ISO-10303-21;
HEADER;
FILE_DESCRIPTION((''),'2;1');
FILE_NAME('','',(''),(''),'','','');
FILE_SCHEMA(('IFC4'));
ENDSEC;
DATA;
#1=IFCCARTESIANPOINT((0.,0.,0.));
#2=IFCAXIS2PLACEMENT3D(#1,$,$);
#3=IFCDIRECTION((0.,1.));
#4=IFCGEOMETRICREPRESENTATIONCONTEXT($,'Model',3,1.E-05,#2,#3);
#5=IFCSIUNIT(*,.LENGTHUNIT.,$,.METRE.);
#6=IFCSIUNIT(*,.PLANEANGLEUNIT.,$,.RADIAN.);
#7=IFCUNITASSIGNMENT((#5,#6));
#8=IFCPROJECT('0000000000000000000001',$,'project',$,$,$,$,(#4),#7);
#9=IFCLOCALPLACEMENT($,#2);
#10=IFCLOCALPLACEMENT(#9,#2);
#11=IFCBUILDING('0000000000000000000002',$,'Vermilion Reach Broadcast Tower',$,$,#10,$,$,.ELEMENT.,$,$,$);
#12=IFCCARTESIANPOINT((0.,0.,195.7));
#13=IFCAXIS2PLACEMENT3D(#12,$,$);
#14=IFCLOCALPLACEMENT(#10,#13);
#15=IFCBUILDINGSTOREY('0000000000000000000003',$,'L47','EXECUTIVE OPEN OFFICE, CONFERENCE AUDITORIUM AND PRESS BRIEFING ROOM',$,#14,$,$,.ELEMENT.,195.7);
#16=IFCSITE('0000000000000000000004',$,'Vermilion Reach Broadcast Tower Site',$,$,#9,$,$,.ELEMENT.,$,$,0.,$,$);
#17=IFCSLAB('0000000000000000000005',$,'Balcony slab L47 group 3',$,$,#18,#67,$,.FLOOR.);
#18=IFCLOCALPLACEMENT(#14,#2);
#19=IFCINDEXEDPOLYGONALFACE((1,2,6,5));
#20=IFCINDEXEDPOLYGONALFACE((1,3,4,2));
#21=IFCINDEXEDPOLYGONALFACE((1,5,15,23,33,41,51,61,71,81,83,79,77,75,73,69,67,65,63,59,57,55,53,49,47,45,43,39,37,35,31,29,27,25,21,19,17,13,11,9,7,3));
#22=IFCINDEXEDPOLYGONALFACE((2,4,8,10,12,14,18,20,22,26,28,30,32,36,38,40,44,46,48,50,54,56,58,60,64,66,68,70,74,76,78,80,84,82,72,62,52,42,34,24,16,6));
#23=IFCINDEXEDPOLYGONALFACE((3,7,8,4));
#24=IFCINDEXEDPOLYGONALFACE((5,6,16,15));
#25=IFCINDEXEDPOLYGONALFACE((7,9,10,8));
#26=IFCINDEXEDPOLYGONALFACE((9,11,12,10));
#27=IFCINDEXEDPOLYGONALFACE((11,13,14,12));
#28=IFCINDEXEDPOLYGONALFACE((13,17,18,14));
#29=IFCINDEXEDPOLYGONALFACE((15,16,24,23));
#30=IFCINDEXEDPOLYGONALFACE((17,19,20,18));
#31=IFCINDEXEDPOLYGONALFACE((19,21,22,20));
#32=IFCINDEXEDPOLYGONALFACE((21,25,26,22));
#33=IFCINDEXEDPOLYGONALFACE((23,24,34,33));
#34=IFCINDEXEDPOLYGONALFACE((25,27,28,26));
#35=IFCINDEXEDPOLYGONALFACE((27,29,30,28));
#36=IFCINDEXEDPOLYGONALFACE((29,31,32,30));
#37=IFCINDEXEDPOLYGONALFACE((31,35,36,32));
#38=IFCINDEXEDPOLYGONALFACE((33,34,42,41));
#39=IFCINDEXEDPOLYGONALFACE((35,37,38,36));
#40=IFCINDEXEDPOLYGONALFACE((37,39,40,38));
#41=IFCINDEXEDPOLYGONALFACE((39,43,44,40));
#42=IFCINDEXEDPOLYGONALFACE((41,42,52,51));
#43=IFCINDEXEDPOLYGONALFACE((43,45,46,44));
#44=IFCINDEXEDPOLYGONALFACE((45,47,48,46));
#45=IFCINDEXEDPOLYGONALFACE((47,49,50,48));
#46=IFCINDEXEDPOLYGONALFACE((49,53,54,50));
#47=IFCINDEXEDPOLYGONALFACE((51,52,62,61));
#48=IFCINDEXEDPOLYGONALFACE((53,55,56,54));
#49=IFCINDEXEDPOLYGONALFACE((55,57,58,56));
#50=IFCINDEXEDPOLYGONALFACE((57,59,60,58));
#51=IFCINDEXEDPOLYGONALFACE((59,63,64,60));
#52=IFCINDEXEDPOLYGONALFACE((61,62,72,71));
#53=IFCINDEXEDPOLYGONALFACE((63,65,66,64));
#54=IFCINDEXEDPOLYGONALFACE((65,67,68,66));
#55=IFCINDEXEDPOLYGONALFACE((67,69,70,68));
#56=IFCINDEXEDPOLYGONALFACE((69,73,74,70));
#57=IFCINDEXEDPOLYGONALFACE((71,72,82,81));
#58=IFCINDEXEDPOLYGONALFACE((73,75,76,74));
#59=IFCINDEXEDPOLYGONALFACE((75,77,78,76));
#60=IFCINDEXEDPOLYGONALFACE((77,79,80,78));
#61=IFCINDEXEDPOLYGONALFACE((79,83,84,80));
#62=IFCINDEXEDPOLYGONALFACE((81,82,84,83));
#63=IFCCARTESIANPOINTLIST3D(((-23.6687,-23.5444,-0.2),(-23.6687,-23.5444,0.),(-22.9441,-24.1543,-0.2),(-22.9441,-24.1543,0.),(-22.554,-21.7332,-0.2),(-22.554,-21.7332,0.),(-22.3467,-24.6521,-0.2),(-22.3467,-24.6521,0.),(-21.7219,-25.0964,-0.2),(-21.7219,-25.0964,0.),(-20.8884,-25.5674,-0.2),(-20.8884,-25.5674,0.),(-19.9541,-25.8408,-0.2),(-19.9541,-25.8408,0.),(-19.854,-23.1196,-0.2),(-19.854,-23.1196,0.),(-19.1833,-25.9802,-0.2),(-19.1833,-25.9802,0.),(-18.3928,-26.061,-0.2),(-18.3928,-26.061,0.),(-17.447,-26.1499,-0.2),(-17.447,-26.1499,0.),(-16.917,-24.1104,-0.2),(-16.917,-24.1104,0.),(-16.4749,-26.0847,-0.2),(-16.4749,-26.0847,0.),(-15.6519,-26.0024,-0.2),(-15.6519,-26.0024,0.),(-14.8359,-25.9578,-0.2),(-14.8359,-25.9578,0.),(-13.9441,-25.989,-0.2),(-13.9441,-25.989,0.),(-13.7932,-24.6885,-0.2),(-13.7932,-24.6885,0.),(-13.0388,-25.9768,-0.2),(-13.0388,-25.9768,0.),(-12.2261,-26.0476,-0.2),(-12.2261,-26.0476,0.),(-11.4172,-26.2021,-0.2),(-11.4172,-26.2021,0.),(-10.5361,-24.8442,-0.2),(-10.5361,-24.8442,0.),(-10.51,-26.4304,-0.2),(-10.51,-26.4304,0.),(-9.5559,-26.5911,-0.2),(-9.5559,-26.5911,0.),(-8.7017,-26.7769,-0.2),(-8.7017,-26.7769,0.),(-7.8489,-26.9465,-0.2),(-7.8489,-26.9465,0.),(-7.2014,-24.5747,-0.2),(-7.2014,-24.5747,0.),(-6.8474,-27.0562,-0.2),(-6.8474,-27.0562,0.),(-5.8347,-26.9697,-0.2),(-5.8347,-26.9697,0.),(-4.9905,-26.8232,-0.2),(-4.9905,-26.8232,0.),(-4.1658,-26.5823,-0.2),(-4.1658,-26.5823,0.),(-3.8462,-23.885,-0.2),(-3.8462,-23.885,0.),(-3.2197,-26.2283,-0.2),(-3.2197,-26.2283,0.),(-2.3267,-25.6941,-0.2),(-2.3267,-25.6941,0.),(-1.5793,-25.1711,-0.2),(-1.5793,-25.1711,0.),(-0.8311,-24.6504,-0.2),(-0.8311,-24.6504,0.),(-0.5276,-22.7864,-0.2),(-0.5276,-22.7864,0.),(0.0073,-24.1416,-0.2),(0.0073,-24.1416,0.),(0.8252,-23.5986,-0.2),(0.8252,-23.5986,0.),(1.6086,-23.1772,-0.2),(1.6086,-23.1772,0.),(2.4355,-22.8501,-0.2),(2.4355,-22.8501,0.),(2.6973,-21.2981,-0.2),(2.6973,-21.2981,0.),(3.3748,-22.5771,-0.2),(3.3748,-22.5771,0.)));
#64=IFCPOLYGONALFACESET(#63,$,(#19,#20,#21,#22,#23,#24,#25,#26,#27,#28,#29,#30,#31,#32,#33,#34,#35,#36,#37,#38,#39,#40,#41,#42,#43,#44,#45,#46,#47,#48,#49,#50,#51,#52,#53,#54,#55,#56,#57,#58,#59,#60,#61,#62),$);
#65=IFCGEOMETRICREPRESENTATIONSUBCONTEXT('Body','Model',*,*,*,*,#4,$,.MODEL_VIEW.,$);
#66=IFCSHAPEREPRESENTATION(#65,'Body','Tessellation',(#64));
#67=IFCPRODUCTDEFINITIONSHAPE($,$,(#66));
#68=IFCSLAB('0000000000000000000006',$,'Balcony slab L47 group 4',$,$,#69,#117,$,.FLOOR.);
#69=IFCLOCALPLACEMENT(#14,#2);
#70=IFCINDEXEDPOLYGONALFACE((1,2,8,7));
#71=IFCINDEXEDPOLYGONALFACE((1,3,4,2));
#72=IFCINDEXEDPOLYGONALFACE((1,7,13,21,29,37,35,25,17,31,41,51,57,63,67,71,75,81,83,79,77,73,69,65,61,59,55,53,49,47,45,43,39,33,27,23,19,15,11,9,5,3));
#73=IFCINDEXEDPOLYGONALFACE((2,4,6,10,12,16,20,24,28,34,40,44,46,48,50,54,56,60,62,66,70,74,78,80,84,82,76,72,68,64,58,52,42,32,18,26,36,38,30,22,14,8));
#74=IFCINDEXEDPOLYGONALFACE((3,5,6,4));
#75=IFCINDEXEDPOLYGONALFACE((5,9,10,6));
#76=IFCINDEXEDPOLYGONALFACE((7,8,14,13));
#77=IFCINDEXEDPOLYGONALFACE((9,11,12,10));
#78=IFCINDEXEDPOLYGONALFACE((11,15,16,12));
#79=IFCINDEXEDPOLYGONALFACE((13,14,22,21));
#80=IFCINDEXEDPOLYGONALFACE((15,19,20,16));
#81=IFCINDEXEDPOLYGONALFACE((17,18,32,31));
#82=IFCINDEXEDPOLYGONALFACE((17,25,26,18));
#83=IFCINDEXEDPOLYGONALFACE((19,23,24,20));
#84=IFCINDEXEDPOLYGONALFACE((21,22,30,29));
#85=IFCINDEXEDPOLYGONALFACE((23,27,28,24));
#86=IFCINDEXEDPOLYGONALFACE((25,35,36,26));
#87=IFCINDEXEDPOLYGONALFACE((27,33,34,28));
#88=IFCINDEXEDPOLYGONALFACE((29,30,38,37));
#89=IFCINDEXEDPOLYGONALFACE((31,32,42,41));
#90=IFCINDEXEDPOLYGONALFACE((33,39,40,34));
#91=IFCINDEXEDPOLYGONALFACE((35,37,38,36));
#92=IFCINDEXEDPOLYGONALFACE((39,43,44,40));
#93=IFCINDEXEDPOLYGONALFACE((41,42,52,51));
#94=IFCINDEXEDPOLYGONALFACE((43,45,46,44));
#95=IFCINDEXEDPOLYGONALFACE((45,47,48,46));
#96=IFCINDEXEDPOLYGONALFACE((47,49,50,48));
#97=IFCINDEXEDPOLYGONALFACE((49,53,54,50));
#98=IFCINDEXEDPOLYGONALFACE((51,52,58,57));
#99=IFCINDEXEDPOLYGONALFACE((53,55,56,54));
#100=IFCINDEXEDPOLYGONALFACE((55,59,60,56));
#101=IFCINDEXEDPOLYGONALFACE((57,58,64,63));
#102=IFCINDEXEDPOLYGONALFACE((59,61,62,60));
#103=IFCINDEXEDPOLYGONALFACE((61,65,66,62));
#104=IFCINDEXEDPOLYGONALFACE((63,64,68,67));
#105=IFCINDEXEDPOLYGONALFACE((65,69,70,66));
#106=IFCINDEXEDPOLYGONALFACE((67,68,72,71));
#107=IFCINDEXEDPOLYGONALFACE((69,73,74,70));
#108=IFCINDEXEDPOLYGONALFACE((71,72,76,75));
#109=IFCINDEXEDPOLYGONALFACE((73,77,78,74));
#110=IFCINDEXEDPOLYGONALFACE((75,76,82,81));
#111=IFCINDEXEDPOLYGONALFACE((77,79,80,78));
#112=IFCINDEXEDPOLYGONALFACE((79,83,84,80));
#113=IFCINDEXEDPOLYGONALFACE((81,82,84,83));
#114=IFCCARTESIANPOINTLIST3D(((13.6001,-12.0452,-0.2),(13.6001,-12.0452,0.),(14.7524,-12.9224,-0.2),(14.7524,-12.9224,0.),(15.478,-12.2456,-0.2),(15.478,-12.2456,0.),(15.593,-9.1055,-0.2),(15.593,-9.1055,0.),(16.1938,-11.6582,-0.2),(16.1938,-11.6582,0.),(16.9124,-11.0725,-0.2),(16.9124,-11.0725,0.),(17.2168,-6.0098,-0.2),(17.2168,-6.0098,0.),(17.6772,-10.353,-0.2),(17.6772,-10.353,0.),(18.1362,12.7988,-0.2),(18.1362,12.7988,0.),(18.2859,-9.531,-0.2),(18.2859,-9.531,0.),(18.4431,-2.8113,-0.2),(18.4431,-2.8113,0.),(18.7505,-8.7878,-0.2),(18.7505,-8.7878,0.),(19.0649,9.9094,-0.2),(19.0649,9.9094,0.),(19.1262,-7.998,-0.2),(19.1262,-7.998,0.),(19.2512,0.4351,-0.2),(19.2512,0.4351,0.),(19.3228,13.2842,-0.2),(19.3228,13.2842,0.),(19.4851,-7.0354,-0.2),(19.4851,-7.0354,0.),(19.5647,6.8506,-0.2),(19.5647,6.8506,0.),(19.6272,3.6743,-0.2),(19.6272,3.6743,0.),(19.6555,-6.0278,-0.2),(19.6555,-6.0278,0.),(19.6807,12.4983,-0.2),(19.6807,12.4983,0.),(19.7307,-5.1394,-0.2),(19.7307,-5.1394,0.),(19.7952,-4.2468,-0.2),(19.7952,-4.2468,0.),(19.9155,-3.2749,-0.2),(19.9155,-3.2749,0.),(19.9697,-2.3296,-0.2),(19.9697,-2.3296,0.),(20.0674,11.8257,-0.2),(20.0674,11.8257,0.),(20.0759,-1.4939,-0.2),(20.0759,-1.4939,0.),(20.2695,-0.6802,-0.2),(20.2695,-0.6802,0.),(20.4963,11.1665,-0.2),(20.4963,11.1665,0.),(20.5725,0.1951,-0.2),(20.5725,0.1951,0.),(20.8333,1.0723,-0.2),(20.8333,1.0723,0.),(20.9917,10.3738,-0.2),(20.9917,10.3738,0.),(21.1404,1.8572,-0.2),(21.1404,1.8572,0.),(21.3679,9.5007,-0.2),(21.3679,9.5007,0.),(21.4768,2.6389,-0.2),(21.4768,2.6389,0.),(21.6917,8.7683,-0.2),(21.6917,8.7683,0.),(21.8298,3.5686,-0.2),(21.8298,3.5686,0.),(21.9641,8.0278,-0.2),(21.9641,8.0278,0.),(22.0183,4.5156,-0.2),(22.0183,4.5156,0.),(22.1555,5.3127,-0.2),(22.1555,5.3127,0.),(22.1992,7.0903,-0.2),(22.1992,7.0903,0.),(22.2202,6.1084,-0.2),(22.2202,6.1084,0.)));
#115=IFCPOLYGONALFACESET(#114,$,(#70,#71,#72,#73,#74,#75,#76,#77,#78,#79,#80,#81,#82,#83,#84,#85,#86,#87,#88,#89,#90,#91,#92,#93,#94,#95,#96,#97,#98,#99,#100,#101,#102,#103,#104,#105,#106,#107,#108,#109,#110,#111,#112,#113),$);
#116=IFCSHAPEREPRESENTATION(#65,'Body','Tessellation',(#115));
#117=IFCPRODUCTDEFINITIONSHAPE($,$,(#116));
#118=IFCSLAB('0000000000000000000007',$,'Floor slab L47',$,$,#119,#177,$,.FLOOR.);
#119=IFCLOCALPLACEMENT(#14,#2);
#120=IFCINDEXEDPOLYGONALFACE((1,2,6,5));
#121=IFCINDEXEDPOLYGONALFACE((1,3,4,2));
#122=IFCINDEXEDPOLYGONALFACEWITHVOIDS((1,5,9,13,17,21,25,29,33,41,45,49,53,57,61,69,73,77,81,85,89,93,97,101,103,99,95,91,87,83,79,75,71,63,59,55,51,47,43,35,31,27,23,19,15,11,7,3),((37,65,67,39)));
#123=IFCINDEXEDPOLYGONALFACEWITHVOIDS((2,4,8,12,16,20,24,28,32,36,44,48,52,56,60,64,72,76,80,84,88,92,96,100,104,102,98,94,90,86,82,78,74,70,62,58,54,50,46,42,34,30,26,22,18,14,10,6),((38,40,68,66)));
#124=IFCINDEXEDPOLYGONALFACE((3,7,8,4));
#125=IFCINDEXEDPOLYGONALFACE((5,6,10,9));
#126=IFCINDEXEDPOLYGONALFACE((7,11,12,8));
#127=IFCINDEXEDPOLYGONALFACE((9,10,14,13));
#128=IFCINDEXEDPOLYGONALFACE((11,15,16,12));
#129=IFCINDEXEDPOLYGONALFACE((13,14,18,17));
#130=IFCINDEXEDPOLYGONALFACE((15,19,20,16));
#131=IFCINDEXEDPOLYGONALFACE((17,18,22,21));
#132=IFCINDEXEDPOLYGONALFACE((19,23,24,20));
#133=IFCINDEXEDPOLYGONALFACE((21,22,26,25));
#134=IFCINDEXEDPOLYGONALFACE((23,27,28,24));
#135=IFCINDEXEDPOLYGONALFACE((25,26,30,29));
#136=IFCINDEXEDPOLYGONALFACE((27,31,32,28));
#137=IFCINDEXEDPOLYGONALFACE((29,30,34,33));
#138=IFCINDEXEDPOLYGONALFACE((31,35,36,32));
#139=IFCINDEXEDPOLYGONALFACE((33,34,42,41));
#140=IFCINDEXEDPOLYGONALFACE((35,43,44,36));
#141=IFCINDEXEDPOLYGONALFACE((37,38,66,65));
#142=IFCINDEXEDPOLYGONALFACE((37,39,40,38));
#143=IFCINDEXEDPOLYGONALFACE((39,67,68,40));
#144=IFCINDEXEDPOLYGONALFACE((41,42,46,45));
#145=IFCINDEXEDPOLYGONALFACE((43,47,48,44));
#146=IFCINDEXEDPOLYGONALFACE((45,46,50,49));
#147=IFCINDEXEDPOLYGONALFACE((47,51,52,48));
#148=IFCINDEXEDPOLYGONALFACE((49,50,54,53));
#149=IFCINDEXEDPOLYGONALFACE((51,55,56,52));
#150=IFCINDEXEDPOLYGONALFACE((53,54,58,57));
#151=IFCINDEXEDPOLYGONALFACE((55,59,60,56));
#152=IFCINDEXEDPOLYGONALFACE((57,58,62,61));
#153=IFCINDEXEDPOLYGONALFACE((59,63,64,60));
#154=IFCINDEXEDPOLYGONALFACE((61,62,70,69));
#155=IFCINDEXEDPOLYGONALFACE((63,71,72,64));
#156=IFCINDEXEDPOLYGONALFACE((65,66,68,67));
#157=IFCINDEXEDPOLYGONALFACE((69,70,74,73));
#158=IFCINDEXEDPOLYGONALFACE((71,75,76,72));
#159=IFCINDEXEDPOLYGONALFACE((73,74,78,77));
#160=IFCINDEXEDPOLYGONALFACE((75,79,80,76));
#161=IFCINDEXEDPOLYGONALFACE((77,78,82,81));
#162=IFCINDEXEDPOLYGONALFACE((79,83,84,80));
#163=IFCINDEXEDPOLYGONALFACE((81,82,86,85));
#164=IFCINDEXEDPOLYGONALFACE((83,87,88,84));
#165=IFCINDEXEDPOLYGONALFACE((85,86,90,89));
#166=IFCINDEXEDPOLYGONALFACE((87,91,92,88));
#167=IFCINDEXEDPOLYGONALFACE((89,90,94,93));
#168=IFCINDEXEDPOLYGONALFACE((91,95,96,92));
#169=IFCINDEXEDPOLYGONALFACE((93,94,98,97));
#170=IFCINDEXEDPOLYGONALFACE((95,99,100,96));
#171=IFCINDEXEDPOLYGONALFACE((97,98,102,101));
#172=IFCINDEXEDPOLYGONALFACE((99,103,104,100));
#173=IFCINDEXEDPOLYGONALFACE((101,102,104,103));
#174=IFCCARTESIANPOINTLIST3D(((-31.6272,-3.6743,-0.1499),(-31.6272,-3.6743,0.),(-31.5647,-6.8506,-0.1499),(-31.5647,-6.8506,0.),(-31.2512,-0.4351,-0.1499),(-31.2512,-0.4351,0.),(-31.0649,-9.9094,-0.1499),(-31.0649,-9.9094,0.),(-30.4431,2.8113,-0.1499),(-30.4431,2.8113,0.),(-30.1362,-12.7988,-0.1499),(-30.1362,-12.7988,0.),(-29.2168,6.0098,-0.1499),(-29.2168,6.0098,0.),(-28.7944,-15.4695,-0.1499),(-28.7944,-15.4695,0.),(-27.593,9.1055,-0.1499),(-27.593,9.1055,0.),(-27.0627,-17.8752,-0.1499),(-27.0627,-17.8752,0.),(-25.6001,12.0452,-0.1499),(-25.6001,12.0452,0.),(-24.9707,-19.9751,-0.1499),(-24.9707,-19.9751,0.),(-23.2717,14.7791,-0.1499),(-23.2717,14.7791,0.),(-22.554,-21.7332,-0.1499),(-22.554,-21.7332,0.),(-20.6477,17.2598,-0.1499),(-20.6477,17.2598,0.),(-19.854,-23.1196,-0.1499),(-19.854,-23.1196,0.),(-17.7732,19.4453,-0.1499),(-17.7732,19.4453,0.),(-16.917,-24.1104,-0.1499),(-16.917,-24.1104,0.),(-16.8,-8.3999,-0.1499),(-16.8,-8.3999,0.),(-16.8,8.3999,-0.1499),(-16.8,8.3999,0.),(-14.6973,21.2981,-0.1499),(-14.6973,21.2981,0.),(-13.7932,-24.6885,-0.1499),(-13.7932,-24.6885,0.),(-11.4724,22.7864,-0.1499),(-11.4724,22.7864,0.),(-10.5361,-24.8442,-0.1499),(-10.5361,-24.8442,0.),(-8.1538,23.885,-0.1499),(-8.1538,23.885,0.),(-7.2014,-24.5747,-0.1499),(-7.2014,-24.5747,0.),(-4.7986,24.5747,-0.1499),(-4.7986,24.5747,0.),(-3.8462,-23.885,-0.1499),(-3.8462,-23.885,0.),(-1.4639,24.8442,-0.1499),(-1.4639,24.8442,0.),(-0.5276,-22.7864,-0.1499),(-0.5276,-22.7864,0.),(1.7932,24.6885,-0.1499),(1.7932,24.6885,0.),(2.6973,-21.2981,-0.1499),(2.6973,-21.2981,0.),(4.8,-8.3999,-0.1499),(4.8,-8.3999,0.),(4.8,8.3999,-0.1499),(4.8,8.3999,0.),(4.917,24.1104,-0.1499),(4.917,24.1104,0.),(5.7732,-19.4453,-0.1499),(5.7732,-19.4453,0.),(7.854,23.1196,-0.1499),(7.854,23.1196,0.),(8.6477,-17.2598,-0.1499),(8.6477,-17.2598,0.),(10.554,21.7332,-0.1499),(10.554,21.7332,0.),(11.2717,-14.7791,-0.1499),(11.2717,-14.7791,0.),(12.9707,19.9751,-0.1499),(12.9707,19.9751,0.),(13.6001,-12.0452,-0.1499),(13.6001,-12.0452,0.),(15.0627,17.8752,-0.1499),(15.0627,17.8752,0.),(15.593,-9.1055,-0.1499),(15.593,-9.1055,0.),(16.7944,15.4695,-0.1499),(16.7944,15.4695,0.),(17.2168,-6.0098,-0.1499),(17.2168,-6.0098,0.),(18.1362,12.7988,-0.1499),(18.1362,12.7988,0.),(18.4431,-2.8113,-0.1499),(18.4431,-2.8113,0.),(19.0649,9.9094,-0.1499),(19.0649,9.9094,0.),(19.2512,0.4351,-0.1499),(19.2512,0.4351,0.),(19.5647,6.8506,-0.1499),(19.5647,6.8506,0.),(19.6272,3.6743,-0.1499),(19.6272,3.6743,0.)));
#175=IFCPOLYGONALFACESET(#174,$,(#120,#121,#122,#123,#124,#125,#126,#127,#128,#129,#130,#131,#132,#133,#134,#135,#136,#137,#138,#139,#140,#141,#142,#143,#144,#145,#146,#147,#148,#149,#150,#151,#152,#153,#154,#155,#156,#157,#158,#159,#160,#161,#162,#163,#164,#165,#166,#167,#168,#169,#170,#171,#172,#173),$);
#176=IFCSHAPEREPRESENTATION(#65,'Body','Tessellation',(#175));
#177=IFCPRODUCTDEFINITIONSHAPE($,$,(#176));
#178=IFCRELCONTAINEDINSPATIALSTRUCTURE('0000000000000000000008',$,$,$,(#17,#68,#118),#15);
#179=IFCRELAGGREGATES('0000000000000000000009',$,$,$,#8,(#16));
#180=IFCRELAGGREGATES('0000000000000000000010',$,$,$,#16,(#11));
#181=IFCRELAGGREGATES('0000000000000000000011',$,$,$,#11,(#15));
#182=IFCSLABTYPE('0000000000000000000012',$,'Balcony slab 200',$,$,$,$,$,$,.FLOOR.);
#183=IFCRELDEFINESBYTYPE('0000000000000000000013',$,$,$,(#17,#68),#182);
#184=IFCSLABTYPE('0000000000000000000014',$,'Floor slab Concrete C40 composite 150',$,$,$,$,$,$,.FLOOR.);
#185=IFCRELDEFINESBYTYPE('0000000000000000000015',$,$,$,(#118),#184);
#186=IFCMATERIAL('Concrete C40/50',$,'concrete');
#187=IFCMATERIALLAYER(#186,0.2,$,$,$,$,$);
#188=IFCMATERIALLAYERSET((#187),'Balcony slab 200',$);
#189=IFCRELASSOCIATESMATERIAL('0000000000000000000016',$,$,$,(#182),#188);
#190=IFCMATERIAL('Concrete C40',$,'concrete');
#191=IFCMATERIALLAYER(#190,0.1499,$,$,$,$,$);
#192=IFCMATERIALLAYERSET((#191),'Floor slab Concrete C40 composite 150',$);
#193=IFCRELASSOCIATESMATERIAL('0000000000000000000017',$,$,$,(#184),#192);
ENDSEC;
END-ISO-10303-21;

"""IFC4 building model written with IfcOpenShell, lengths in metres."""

from ifc_helpers import new_model, si_unit, direction, frame, origin, place, context, subcontext, project, spatial, polyline, outline, extrude, material, layer, layer_set, type_object, element, save


model = new_model("IFC4")

# Units and contexts
model_context = context("Model", 3, precision=1e-05, world=origin(), true_north=direction((0.0, 1.0)))
body_context = subcontext(model_context, "Body", "Model", "MODEL_VIEW")
ifc_project = project(units=[si_unit("LENGTHUNIT", "METRE"), si_unit("PLANEANGLEUNIT", "RADIAN")], contexts=[model_context])

# Site, building, storey
site_placement = place(None, origin())
site = spatial("IfcSite", under=ifc_project, at=site_placement, Name="Vermilion Reach Broadcast Tower Site", CompositionType="ELEMENT", RefElevation=0.0)
building_placement = place(site_placement, origin())
building = spatial("IfcBuilding", under=site, at=building_placement, Name="Vermilion Reach Broadcast Tower", CompositionType="ELEMENT")
storey_placement = place(building_placement, frame((0.0, 0.0, 195.7)))
storey = spatial("IfcBuildingStorey", under=building, at=storey_placement, Name="L47", Description="EXECUTIVE OPEN OFFICE, CONFERENCE AUDITORIUM AND PRESS BRIEFING ROOM", CompositionType="ELEMENT", Elevation=195.7)

# Slabs
ifc_material_1 = material(Name="Concrete C40/50", Category="concrete")
ifc_layer_1 = layer(ifc_material_1, 0.2)
ifc_layer_set_1 = layer_set([ifc_layer_1], Name="Balcony slab 200")
slab_type_1 = type_object("IfcSlabType", Name="Balcony slab 200", PredefinedType="FLOOR", material=ifc_layer_set_1)
placement_1 = place(storey_placement, frame((0.0, 0.0, -0.2)))
element("IfcSlab", 1, at=placement_1, inside=storey, type_object=slab_type_1, Name="Balcony slab L47 group 3", PredefinedType="FLOOR", context=body_context, shape_type="SweptSolid", body=[
    extrude(outline(polyline([(-22.554, -21.7332), (-19.854, -23.1196), (-16.917, -24.1104), (-13.7932, -24.6885), (-10.5361, -24.8442), (-7.2014, -24.5747), (-3.8462, -23.885), (-0.5276, -22.7864), (2.6973, -21.2981), (3.3748, -22.5771), (2.4355, -22.8501), (1.6086, -23.1772), (0.8252, -23.5986), (0.0073, -24.1416), (-0.8311, -24.6504), (-1.5793, -25.1711), (-2.3267, -25.6941), (-3.2197, -26.2283), (-4.1658, -26.5823), (-4.9905, -26.8232), (-5.8347, -26.9697), (-6.8474, -27.0562), (-7.8489, -26.9465), (-8.7017, -26.7769), (-9.5559, -26.5911), (-10.51, -26.4304), (-11.4172, -26.2021), (-12.2261, -26.0476), (-13.0388, -25.9768), (-13.9441, -25.989), (-14.8359, -25.9578), (-15.6519, -26.0024), (-16.4749, -26.0847), (-17.447, -26.1499), (-18.3928, -26.061), (-19.1833, -25.9802), (-19.9541, -25.8408), (-20.8884, -25.5674), (-21.7219, -25.0964), (-22.3467, -24.6521), (-22.9441, -24.1543), (-23.6687, -23.5444), (-22.554, -21.7332)])), origin(), (0.0, 0.0, 1.0), 0.2),
])
element("IfcSlab", 2, at=placement_1, inside=storey, type_object=slab_type_1, Name="Balcony slab L47 group 4", PredefinedType="FLOOR", context=body_context, shape_type="SweptSolid", body=[
    extrude(outline(polyline([(13.6001, -12.0452), (15.593, -9.1055), (17.2168, -6.0098), (18.4431, -2.8113), (19.2512, 0.4351), (19.6272, 3.6743), (19.5647, 6.8506), (19.0649, 9.9094), (18.1362, 12.7988), (19.3228, 13.2842), (19.6807, 12.4983), (20.0674, 11.8257), (20.4963, 11.1665), (20.9917, 10.3738), (21.3679, 9.5007), (21.6917, 8.7683), (21.9641, 8.0278), (22.1992, 7.0903), (22.2202, 6.1084), (22.1555, 5.3127), (22.0183, 4.5156), (21.8298, 3.5686), (21.4768, 2.6389), (21.1404, 1.8572), (20.8333, 1.0723), (20.5725, 0.1951), (20.2695, -0.6802), (20.0759, -1.4939), (19.9697, -2.3296), (19.9155, -3.2749), (19.7952, -4.2468), (19.7307, -5.1394), (19.6555, -6.0278), (19.4851, -7.0354), (19.1262, -7.998), (18.7505, -8.7878), (18.2859, -9.531), (17.6772, -10.353), (16.9124, -11.0725), (16.1938, -11.6582), (15.478, -12.2456), (14.7524, -12.9224), (13.6001, -12.0452)])), origin(), (0.0, 0.0, 1.0), 0.2),
])
ifc_material_2 = material(Name="Concrete C40", Category="concrete")
ifc_layer_2 = layer(ifc_material_2, 0.1499)
ifc_layer_set_2 = layer_set([ifc_layer_2], Name="Floor slab Concrete C40 composite 150")
slab_type_2 = type_object("IfcSlabType", Name="Floor slab Concrete C40 composite 150", PredefinedType="FLOOR", material=ifc_layer_set_2)
slab_1_placement = place(storey_placement, frame((0.0, 0.0, -0.1499)))
element("IfcSlab", 3, at=slab_1_placement, inside=storey, type_object=slab_type_2, Name="Floor slab L47", PredefinedType="FLOOR", context=body_context, shape_type="SweptSolid", body=[
    extrude(outline(polyline([(15.0627, 17.8752), (12.9707, 19.9751), (10.554, 21.7332), (7.854, 23.1196), (4.917, 24.1104), (1.7932, 24.6885), (-1.4639, 24.8442), (-4.7986, 24.5747), (-8.1538, 23.885), (-11.4724, 22.7864), (-14.6973, 21.2981), (-17.7732, 19.4453), (-20.6477, 17.2598), (-23.2717, 14.7791), (-25.6001, 12.0452), (-27.593, 9.1055), (-29.2168, 6.0098), (-30.4431, 2.8113), (-31.2512, -0.4351), (-31.6272, -3.6743), (-31.5647, -6.8506), (-31.0649, -9.9094), (-30.1362, -12.7988), (-28.7944, -15.4695), (-27.0627, -17.8752), (-24.9707, -19.9751), (-22.554, -21.7332), (-19.854, -23.1196), (-16.917, -24.1104), (-13.7932, -24.6885), (-10.5361, -24.8442), (-7.2014, -24.5747), (-3.8462, -23.885), (-0.5276, -22.7864), (2.6973, -21.2981), (5.7732, -19.4453), (8.6477, -17.2598), (11.2717, -14.7791), (13.6001, -12.0452), (15.593, -9.1055), (17.2168, -6.0098), (18.4431, -2.8113), (19.2512, 0.4351), (19.6272, 3.6743), (19.5647, 6.8506), (19.0649, 9.9094), (18.1362, 12.7988), (16.7944, 15.4695), (15.0627, 17.8752)]), holes=[polyline([(-16.8, -8.3999), (4.8, -8.3999), (4.8, 8.3999), (-16.8, 8.3999), (-16.8, -8.3999)])]), origin(), (0.0, 0.0, 1.0), 0.1499),
])

save(model, "model.ifc")
